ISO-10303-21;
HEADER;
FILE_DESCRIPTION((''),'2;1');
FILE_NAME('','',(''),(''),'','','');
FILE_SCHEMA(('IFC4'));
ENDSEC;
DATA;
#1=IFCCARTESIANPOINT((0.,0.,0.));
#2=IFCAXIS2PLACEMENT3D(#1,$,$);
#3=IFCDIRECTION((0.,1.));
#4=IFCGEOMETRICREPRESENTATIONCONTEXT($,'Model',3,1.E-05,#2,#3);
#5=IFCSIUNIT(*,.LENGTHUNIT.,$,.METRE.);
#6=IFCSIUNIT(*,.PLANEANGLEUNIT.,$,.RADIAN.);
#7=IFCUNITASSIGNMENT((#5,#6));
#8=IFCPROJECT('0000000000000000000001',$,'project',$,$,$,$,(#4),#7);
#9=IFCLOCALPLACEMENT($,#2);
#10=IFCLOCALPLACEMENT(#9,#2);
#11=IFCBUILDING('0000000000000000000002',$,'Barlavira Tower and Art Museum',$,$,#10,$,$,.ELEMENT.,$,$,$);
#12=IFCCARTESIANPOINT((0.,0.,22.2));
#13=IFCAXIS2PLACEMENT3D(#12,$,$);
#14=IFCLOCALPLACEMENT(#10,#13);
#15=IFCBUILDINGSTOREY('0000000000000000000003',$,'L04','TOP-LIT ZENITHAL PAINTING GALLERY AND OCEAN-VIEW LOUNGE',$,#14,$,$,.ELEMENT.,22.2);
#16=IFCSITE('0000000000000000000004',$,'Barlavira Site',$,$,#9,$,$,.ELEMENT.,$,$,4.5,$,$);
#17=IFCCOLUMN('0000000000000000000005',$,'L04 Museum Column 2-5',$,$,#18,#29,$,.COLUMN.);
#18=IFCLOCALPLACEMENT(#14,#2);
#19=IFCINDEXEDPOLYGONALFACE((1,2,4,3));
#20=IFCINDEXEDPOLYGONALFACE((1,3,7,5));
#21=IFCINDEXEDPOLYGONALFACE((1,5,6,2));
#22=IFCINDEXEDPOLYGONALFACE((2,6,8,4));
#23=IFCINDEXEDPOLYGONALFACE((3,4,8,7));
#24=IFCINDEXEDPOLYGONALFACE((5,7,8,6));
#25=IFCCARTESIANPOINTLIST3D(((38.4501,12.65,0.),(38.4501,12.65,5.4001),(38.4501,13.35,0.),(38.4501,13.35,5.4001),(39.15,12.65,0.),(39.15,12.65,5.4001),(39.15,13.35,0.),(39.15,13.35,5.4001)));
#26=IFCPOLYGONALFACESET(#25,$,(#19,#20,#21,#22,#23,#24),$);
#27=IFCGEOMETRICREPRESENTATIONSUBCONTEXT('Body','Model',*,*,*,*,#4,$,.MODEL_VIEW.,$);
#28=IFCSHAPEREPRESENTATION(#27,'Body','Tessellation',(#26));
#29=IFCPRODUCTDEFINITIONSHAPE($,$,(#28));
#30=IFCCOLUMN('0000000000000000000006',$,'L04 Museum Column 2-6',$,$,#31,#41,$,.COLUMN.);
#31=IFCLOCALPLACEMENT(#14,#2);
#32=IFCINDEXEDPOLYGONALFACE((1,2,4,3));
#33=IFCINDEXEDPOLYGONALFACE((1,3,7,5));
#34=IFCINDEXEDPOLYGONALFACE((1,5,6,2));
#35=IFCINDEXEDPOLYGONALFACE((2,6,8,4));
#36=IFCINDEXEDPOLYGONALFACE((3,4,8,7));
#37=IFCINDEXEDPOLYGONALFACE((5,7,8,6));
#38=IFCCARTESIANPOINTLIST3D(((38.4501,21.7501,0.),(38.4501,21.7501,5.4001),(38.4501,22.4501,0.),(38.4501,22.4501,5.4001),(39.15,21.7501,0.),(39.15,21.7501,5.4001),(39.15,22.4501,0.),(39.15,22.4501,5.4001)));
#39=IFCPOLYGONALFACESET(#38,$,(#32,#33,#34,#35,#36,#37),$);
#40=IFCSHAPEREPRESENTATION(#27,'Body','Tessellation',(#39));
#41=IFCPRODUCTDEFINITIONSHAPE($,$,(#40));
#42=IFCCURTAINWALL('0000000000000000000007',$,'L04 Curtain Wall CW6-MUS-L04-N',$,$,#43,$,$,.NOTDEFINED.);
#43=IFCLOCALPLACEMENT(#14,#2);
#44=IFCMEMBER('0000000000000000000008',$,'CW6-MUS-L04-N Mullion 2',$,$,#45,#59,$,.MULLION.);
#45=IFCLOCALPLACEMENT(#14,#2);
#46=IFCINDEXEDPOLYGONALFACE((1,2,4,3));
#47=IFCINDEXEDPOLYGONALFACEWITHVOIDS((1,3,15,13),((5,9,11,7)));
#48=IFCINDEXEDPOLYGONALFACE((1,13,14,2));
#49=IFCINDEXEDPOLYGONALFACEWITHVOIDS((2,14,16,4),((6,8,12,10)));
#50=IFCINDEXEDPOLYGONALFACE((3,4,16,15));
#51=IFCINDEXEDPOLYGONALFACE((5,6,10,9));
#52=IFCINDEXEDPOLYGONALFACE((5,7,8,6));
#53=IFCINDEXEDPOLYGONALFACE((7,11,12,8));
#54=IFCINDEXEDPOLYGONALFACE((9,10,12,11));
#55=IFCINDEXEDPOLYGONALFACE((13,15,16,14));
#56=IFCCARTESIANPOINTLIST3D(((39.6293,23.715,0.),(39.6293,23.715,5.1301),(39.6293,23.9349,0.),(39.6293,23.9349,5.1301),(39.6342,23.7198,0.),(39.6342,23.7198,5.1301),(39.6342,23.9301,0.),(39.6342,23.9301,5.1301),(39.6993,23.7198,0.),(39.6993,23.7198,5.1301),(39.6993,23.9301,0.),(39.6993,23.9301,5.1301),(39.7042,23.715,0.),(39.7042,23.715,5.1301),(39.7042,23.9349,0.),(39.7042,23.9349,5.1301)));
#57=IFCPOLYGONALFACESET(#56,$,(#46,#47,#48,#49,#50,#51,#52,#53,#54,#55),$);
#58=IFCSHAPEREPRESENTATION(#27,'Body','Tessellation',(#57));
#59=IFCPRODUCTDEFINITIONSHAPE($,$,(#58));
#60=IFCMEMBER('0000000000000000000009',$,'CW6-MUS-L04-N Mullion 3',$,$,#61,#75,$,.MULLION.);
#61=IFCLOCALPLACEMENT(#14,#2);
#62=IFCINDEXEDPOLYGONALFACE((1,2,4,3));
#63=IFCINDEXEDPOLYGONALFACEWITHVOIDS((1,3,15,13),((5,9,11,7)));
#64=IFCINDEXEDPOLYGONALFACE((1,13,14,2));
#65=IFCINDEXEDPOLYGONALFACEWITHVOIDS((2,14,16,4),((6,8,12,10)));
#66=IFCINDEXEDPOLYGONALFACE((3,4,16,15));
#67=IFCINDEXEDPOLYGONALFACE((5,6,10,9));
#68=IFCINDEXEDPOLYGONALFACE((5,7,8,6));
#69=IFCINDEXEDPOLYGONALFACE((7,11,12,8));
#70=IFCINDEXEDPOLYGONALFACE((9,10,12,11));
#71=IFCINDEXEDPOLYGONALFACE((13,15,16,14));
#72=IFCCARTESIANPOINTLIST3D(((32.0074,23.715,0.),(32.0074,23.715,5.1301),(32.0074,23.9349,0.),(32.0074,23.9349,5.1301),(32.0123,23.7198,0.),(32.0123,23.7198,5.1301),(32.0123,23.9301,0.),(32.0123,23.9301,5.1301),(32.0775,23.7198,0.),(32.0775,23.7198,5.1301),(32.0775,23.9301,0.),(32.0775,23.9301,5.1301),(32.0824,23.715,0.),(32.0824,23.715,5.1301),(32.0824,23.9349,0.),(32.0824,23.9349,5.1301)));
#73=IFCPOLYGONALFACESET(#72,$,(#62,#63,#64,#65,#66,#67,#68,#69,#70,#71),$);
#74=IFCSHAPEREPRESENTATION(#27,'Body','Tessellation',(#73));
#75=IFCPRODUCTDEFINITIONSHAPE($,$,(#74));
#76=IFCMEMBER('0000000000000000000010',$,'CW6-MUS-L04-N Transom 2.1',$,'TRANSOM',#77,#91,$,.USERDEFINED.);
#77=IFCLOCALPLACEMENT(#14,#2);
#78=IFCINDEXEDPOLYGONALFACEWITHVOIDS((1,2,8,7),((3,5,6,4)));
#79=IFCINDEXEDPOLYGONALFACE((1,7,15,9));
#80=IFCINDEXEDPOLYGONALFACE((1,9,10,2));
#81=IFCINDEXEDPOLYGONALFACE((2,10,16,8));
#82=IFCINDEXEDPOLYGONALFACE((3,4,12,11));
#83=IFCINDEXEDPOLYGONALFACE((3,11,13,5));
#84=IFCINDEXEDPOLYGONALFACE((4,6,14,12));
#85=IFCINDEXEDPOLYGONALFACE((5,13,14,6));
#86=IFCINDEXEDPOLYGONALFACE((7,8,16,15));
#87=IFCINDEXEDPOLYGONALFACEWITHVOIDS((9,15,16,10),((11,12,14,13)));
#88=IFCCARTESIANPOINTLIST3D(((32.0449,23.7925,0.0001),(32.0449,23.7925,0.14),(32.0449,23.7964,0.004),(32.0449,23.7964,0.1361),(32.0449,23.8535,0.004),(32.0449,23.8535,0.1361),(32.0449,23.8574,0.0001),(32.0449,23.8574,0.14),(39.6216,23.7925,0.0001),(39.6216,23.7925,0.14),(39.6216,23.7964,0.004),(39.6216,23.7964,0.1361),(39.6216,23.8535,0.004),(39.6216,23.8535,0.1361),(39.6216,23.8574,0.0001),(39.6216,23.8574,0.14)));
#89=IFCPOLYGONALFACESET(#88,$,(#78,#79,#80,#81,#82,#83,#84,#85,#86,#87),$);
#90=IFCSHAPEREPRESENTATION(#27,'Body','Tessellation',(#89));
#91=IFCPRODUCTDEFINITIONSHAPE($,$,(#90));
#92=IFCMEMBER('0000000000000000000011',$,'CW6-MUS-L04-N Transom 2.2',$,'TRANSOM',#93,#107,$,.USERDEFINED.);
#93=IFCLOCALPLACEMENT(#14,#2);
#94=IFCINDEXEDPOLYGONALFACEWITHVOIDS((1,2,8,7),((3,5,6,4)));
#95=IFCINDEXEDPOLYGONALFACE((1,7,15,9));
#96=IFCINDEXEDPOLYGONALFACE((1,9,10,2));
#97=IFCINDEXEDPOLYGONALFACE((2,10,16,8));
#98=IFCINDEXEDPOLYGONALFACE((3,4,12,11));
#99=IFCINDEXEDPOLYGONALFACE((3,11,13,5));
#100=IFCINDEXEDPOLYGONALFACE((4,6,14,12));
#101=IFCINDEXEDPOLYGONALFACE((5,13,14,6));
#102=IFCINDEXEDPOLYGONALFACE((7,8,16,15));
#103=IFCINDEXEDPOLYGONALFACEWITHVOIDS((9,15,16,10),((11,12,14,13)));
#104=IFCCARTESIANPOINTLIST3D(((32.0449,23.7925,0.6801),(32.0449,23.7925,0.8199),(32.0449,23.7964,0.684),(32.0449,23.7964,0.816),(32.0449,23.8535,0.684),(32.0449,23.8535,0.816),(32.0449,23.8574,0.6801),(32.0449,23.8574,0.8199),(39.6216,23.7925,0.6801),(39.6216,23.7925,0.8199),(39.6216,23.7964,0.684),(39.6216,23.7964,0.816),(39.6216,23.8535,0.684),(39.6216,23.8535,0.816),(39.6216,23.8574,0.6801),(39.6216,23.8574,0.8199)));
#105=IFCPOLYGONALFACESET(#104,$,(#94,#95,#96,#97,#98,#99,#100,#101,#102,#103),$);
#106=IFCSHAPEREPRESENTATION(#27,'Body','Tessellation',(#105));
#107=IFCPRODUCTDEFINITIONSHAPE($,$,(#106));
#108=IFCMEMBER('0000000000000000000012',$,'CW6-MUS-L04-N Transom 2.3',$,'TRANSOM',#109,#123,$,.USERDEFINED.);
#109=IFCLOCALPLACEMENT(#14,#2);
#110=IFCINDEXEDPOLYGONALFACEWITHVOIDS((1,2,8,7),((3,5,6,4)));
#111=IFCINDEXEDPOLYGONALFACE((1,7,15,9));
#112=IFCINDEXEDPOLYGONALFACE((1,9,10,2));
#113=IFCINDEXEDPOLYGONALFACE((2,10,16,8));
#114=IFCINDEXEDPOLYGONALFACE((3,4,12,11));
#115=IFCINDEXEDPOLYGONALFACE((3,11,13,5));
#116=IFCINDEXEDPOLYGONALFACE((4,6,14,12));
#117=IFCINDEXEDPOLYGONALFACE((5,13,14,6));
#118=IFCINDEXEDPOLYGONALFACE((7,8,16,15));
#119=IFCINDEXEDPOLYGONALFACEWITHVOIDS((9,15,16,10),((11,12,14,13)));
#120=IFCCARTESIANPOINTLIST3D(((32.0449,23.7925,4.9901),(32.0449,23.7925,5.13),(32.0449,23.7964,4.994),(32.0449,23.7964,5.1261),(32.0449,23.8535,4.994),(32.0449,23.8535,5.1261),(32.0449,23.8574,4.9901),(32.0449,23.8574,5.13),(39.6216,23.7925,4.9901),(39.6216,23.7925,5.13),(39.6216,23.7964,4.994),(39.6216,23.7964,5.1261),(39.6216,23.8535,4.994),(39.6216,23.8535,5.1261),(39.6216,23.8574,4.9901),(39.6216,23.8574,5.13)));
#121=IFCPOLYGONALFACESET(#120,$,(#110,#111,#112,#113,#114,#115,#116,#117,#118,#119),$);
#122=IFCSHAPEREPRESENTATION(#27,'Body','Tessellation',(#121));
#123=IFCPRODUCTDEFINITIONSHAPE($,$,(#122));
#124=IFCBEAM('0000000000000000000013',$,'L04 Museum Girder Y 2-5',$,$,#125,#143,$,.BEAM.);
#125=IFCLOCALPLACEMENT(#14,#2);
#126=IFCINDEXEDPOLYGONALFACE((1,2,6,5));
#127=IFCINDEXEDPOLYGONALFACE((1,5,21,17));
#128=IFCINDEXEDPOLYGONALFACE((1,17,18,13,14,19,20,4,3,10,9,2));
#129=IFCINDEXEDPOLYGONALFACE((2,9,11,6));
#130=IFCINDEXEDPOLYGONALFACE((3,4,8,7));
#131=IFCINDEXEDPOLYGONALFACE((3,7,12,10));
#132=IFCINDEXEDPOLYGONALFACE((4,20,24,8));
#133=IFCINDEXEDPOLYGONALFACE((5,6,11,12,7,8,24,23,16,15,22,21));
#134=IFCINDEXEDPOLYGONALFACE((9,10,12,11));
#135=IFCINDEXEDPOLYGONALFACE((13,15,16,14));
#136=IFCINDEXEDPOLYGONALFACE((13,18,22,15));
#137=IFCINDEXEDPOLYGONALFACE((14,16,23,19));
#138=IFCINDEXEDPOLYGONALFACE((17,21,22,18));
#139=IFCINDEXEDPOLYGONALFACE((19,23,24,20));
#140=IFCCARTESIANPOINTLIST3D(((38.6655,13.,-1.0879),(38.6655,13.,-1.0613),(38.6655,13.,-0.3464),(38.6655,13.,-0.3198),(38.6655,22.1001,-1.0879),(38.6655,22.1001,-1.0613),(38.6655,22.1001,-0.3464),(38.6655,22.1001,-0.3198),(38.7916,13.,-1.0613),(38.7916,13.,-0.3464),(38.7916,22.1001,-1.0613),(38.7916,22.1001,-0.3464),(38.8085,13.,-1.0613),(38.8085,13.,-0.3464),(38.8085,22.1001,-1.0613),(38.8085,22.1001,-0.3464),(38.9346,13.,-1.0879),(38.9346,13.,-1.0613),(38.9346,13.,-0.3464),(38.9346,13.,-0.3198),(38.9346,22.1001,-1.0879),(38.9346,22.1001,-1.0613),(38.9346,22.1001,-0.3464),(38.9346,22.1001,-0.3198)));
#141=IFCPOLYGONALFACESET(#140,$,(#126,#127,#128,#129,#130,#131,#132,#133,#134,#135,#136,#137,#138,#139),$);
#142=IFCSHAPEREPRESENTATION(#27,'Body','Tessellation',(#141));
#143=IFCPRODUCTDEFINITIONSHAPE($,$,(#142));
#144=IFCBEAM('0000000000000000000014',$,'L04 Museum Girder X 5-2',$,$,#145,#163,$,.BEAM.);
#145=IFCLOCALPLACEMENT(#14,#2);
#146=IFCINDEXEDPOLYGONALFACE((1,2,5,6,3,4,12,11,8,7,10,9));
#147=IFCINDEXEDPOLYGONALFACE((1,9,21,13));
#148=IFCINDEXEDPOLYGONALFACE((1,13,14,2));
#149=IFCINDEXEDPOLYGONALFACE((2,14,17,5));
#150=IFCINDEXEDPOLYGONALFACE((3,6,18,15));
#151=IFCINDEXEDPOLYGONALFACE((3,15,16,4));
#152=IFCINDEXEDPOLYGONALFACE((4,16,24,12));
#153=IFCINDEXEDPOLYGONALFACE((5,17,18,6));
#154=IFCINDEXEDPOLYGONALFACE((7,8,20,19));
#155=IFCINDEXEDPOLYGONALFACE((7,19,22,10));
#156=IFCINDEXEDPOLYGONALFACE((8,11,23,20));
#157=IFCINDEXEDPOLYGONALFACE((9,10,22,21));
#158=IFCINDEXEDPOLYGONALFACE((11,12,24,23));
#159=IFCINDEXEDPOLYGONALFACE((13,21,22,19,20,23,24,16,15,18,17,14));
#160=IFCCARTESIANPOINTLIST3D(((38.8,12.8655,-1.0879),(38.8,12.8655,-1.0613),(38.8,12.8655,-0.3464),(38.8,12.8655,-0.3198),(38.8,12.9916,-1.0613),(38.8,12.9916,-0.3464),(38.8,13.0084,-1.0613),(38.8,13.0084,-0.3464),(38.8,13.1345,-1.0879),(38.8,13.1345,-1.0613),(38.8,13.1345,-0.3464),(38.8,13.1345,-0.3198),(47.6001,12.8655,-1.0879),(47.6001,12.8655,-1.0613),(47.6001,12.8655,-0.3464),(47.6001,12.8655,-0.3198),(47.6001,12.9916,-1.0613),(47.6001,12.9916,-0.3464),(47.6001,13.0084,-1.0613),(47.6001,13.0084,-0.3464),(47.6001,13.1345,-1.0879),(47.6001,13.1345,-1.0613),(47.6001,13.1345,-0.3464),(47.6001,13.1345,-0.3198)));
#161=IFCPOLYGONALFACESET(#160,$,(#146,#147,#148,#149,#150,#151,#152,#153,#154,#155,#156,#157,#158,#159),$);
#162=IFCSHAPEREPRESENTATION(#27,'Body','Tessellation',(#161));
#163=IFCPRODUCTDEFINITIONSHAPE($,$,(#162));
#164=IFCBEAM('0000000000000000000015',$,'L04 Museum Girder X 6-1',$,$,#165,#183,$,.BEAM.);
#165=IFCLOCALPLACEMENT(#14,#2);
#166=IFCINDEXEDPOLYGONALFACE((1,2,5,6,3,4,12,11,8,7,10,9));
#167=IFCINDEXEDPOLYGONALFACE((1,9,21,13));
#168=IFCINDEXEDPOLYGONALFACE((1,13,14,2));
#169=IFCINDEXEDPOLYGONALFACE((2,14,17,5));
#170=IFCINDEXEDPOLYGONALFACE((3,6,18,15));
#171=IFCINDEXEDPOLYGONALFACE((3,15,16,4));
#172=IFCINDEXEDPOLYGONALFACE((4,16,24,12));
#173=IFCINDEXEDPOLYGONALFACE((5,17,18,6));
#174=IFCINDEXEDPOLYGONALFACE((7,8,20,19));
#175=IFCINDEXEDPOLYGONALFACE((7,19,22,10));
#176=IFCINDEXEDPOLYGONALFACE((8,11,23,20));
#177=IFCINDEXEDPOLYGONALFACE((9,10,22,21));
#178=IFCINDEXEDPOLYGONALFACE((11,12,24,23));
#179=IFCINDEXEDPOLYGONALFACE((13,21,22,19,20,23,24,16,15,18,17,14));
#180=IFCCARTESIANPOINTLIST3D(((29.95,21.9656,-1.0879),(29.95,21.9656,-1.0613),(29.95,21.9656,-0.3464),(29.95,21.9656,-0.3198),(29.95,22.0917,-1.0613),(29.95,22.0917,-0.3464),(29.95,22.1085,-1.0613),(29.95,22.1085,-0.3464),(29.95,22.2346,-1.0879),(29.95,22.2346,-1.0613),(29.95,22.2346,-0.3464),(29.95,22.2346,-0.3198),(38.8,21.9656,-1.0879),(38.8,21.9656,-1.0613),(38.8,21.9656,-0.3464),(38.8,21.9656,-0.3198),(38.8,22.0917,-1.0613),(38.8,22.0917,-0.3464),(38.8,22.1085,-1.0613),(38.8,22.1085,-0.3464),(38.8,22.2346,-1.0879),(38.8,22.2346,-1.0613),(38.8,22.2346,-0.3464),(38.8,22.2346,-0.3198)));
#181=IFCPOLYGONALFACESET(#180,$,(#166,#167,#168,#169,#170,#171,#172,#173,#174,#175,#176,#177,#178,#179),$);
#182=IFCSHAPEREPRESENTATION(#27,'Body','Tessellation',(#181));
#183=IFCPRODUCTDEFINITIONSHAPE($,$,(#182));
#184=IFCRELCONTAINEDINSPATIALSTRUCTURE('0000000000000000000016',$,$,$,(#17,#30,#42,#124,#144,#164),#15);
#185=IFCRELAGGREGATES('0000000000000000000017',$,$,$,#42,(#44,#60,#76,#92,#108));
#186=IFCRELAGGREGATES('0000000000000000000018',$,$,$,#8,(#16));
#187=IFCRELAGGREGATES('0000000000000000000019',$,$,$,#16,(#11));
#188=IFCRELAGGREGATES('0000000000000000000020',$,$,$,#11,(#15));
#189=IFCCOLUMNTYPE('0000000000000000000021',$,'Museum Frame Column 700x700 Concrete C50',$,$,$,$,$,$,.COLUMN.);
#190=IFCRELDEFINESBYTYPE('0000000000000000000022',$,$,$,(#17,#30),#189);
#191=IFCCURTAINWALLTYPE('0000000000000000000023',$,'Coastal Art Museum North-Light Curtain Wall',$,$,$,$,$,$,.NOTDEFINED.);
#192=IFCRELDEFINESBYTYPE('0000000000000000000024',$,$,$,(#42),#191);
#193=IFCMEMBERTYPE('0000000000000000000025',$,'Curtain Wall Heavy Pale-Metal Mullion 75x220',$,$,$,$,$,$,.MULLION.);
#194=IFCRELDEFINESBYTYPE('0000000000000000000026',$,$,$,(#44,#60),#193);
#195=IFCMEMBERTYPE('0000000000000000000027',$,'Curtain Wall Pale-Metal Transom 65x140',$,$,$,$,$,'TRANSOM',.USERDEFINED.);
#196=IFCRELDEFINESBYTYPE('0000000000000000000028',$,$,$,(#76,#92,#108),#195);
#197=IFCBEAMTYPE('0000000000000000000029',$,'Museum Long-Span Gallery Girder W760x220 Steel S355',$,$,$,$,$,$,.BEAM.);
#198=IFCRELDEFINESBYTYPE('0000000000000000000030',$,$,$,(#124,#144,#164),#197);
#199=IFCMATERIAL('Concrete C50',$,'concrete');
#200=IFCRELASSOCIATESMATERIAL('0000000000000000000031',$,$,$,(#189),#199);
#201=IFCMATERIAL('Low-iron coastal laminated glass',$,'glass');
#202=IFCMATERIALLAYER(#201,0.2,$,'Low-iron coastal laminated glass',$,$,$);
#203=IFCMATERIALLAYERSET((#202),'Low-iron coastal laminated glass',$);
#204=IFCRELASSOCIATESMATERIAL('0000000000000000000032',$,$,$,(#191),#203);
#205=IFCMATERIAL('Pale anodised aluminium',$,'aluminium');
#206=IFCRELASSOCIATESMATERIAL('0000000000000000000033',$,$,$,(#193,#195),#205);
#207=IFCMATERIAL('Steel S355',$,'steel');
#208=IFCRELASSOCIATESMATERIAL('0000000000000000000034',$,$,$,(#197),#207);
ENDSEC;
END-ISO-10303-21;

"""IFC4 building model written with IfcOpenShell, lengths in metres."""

from ifc_helpers import new_model, si_unit, direction, frame, origin, origin_2d, place, context, subcontext, project, spatial, rectangle, hollow_rectangle, i_section, extrude, material, layer, layer_set, material_profile, profile_set, type_object, element, aggregate, save


model = new_model("IFC4")

# Units and contexts
model_context = context("Model", 3, precision=1e-05, world=origin(), true_north=direction((0.0, 1.0)))
body_context = subcontext(model_context, "Body", "Model", "MODEL_VIEW")
ifc_project = project(units=[si_unit("LENGTHUNIT", "METRE"), si_unit("PLANEANGLEUNIT", "RADIAN")], contexts=[model_context])

# Site, building, storey
site_placement = place(None, origin())
site = spatial("IfcSite", under=ifc_project, at=site_placement, Name="Barlavira Site", CompositionType="ELEMENT", RefElevation=4.5)
building_placement = place(site_placement, origin())
building = spatial("IfcBuilding", under=site, at=building_placement, Name="Barlavira Tower and Art Museum", CompositionType="ELEMENT")
storey_placement = place(building_placement, frame((0.0, 0.0, 22.2)))
storey = spatial("IfcBuildingStorey", under=building, at=storey_placement, Name="L04", Description="TOP-LIT ZENITHAL PAINTING GALLERY AND OCEAN-VIEW LOUNGE", CompositionType="ELEMENT", Elevation=22.2)

# Columns
ifc_material_1 = material(Name="Concrete C50", Category="concrete")
ifc_material_profile_1 = material_profile(ifc_material_1, rectangle(XDim=0.7, YDim=0.7, at=origin_2d()), Name="RC-COL 700x700")
ifc_profile_set_1 = profile_set([ifc_material_profile_1], Name="Concrete C50")
column_type = type_object("IfcColumnType", Name="Museum Frame Column 700x700 Concrete C50", PredefinedType="COLUMN", material=ifc_profile_set_1)
for number, where, z_axis, x_axis, name in (
    (1, (38.8, 13.0, 0.0), (0.0, 0.0, 1.0), (1.0, 0.0, 0.0), "L04 Museum Column 2-5"),
    (2, (38.8, 22.1001, 0.0), (0.0, 0.0, 1.0), (1.0, 0.0, 0.0), "L04 Museum Column 2-6"),
):
    element("IfcColumn", number, at=place(storey_placement, frame(where, z_axis=z_axis, x_axis=x_axis)), inside=storey, type_object=column_type, Name=name, PredefinedType="COLUMN", context=body_context, shape_type="SweptSolid", body=[
        extrude(rectangle(XDim=0.7, YDim=0.7, at=origin_2d()), origin(), (0.0, 0.0, 1.0), 5.4001),
    ])

# Curtain wall, members
ifc_material_2 = material(Name="Low-iron coastal laminated glass", Category="glass")
ifc_layer_1 = layer(ifc_material_2, 0.2, Name="Low-iron coastal laminated glass")
ifc_layer_set_1 = layer_set([ifc_layer_1], Name="Low-iron coastal laminated glass")
curtain_wall_type = type_object("IfcCurtainWallType", Name="Coastal Art Museum North-Light Curtain Wall", PredefinedType="NOTDEFINED", material=ifc_layer_set_1)
curtain_wall_placement = place(storey_placement, origin())
curtain_wall = element("IfcCurtainWall", 3, at=curtain_wall_placement, inside=storey, type_object=curtain_wall_type, Name="L04 Curtain Wall CW6-MUS-L04-N", PredefinedType="NOTDEFINED")
ifc_material_3 = material(Name="Pale anodised aluminium", Category="aluminium")
ifc_material_profile_2 = material_profile(ifc_material_3, hollow_rectangle(XDim=0.075, YDim=0.22, WallThickness=0.0049, at=origin_2d()), Name="ALU-MULL 75x220x5")
ifc_profile_set_2 = profile_set([ifc_material_profile_2], Name="Pale anodised aluminium")
member_type_1 = type_object("IfcMemberType", Name="Curtain Wall Heavy Pale-Metal Mullion 75x220", PredefinedType="MULLION", material=ifc_profile_set_2)
member_1_placement = place(storey_placement, frame((39.6667, 23.825, 0.0), z_axis=(0.0, 0.0, 1.0), x_axis=(-1.0, 0.0, 0.0)))
member_1 = element("IfcMember", 4, at=member_1_placement, type_object=member_type_1, Name="CW6-MUS-L04-N Mullion 2", PredefinedType="MULLION", context=body_context, shape_type="SweptSolid", body=[
    extrude(hollow_rectangle(XDim=0.075, YDim=0.22, WallThickness=0.0049, at=origin_2d()), origin(), (0.0, 0.0, 1.0), 5.1301),
])
member_2_placement = place(storey_placement, frame((32.0449, 23.825, 0.0), z_axis=(0.0, 0.0, 1.0), x_axis=(-1.0, 0.0, 0.0)))
member_2 = element("IfcMember", 5, at=member_2_placement, type_object=member_type_1, Name="CW6-MUS-L04-N Mullion 3", PredefinedType="MULLION", context=body_context, shape_type="SweptSolid", body=[
    extrude(hollow_rectangle(XDim=0.075, YDim=0.22, WallThickness=0.0049, at=origin_2d()), origin(), (0.0, 0.0, 1.0), 5.1301),
])
ifc_material_profile_3 = material_profile(ifc_material_3, hollow_rectangle(XDim=0.0649, YDim=0.1399, WallThickness=0.0039, at=origin_2d()), Name="ALU-TRAN 65x140x4")
ifc_profile_set_3 = profile_set([ifc_material_profile_3], Name="Pale anodised aluminium")
member_type_2 = type_object("IfcMemberType", Name="Curtain Wall Pale-Metal Transom 65x140", ElementType="TRANSOM", PredefinedType="USERDEFINED", material=ifc_profile_set_3)
member_3_placement = place(storey_placement, frame((39.6216, 23.825, 0.0701), z_axis=(-1.0, 0.0, 0.0), x_axis=(0.0, -1.0, 0.0)))
member_3 = element("IfcMember", 6, at=member_3_placement, type_object=member_type_2, Name="CW6-MUS-L04-N Transom 2.1", ObjectType="TRANSOM", PredefinedType="USERDEFINED", context=body_context, shape_type="SweptSolid", body=[
    extrude(hollow_rectangle(XDim=0.0649, YDim=0.1399, WallThickness=0.0039, at=origin_2d()), origin(), (0.0, 0.0, 1.0), 7.5767),
])
member_4_placement = place(storey_placement, frame((39.6216, 23.825, 0.75), z_axis=(-1.0, 0.0, 0.0), x_axis=(0.0, -1.0, 0.0)))
member_4 = element("IfcMember", 7, at=member_4_placement, type_object=member_type_2, Name="CW6-MUS-L04-N Transom 2.2", ObjectType="TRANSOM", PredefinedType="USERDEFINED", context=body_context, shape_type="SweptSolid", body=[
    extrude(hollow_rectangle(XDim=0.0649, YDim=0.1399, WallThickness=0.0039, at=origin_2d()), origin(), (0.0, 0.0, 1.0), 7.5767),
])
member_5_placement = place(storey_placement, frame((39.6216, 23.825, 5.0601), z_axis=(-1.0, 0.0, 0.0), x_axis=(0.0, -1.0, 0.0)))
member_5 = element("IfcMember", 8, at=member_5_placement, type_object=member_type_2, Name="CW6-MUS-L04-N Transom 2.3", ObjectType="TRANSOM", PredefinedType="USERDEFINED", context=body_context, shape_type="SweptSolid", body=[
    extrude(hollow_rectangle(XDim=0.0649, YDim=0.1399, WallThickness=0.0039, at=origin_2d()), origin(), (0.0, 0.0, 1.0), 7.5767),
])

# Beams
ifc_material_4 = material(Name="Steel S355", Category="steel")
ifc_material_profile_4 = material_profile(ifc_material_4, i_section(OverallWidth=0.269, OverallDepth=0.7681, WebThickness=0.0168, FlangeThickness=0.0266, at=origin_2d()), Name="W760x220.0")
ifc_profile_set_4 = profile_set([ifc_material_profile_4], Name="Steel S355")
beam_type = type_object("IfcBeamType", Name="Museum Long-Span Gallery Girder W760x220 Steel S355", PredefinedType="BEAM", material=ifc_profile_set_4)
beam_1_placement = place(storey_placement, frame((38.8, 13.0, -0.7039), z_axis=(0.0, 1.0, 0.0), x_axis=(-1.0, 0.0, 0.0)))
element("IfcBeam", 9, at=beam_1_placement, inside=storey, type_object=beam_type, Name="L04 Museum Girder Y 2-5", PredefinedType="BEAM", context=body_context, shape_type="SweptSolid", body=[
    extrude(i_section(OverallWidth=0.269, OverallDepth=0.7681, WebThickness=0.0168, FlangeThickness=0.0266, at=origin_2d()), origin(), (0.0, 0.0, 1.0), 9.1001),
])
beam_2_placement = place(storey_placement, frame((38.8, 13.0, -0.7039), z_axis=(1.0, 0.0, 0.0), x_axis=(0.0, 1.0, 0.0)))
element("IfcBeam", 10, at=beam_2_placement, inside=storey, type_object=beam_type, Name="L04 Museum Girder X 5-2", PredefinedType="BEAM", context=body_context, shape_type="SweptSolid", body=[
    extrude(i_section(OverallWidth=0.269, OverallDepth=0.7681, WebThickness=0.0168, FlangeThickness=0.0266, at=origin_2d()), origin(), (0.0, 0.0, 1.0), 8.8),
])
beam_3_placement = place(storey_placement, frame((29.95, 22.1001, -0.7039), z_axis=(1.0, 0.0, 0.0), x_axis=(0.0, 1.0, 0.0)))
element("IfcBeam", 11, at=beam_3_placement, inside=storey, type_object=beam_type, Name="L04 Museum Girder X 6-1", PredefinedType="BEAM", context=body_context, shape_type="SweptSolid", body=[
    extrude(i_section(OverallWidth=0.269, OverallDepth=0.7681, WebThickness=0.0168, FlangeThickness=0.0266, at=origin_2d()), origin(), (0.0, 0.0, 1.0), 8.8501),
])

aggregate(curtain_wall, [member_1, member_2, member_3, member_4, member_5])

save(model, "model.ifc")
